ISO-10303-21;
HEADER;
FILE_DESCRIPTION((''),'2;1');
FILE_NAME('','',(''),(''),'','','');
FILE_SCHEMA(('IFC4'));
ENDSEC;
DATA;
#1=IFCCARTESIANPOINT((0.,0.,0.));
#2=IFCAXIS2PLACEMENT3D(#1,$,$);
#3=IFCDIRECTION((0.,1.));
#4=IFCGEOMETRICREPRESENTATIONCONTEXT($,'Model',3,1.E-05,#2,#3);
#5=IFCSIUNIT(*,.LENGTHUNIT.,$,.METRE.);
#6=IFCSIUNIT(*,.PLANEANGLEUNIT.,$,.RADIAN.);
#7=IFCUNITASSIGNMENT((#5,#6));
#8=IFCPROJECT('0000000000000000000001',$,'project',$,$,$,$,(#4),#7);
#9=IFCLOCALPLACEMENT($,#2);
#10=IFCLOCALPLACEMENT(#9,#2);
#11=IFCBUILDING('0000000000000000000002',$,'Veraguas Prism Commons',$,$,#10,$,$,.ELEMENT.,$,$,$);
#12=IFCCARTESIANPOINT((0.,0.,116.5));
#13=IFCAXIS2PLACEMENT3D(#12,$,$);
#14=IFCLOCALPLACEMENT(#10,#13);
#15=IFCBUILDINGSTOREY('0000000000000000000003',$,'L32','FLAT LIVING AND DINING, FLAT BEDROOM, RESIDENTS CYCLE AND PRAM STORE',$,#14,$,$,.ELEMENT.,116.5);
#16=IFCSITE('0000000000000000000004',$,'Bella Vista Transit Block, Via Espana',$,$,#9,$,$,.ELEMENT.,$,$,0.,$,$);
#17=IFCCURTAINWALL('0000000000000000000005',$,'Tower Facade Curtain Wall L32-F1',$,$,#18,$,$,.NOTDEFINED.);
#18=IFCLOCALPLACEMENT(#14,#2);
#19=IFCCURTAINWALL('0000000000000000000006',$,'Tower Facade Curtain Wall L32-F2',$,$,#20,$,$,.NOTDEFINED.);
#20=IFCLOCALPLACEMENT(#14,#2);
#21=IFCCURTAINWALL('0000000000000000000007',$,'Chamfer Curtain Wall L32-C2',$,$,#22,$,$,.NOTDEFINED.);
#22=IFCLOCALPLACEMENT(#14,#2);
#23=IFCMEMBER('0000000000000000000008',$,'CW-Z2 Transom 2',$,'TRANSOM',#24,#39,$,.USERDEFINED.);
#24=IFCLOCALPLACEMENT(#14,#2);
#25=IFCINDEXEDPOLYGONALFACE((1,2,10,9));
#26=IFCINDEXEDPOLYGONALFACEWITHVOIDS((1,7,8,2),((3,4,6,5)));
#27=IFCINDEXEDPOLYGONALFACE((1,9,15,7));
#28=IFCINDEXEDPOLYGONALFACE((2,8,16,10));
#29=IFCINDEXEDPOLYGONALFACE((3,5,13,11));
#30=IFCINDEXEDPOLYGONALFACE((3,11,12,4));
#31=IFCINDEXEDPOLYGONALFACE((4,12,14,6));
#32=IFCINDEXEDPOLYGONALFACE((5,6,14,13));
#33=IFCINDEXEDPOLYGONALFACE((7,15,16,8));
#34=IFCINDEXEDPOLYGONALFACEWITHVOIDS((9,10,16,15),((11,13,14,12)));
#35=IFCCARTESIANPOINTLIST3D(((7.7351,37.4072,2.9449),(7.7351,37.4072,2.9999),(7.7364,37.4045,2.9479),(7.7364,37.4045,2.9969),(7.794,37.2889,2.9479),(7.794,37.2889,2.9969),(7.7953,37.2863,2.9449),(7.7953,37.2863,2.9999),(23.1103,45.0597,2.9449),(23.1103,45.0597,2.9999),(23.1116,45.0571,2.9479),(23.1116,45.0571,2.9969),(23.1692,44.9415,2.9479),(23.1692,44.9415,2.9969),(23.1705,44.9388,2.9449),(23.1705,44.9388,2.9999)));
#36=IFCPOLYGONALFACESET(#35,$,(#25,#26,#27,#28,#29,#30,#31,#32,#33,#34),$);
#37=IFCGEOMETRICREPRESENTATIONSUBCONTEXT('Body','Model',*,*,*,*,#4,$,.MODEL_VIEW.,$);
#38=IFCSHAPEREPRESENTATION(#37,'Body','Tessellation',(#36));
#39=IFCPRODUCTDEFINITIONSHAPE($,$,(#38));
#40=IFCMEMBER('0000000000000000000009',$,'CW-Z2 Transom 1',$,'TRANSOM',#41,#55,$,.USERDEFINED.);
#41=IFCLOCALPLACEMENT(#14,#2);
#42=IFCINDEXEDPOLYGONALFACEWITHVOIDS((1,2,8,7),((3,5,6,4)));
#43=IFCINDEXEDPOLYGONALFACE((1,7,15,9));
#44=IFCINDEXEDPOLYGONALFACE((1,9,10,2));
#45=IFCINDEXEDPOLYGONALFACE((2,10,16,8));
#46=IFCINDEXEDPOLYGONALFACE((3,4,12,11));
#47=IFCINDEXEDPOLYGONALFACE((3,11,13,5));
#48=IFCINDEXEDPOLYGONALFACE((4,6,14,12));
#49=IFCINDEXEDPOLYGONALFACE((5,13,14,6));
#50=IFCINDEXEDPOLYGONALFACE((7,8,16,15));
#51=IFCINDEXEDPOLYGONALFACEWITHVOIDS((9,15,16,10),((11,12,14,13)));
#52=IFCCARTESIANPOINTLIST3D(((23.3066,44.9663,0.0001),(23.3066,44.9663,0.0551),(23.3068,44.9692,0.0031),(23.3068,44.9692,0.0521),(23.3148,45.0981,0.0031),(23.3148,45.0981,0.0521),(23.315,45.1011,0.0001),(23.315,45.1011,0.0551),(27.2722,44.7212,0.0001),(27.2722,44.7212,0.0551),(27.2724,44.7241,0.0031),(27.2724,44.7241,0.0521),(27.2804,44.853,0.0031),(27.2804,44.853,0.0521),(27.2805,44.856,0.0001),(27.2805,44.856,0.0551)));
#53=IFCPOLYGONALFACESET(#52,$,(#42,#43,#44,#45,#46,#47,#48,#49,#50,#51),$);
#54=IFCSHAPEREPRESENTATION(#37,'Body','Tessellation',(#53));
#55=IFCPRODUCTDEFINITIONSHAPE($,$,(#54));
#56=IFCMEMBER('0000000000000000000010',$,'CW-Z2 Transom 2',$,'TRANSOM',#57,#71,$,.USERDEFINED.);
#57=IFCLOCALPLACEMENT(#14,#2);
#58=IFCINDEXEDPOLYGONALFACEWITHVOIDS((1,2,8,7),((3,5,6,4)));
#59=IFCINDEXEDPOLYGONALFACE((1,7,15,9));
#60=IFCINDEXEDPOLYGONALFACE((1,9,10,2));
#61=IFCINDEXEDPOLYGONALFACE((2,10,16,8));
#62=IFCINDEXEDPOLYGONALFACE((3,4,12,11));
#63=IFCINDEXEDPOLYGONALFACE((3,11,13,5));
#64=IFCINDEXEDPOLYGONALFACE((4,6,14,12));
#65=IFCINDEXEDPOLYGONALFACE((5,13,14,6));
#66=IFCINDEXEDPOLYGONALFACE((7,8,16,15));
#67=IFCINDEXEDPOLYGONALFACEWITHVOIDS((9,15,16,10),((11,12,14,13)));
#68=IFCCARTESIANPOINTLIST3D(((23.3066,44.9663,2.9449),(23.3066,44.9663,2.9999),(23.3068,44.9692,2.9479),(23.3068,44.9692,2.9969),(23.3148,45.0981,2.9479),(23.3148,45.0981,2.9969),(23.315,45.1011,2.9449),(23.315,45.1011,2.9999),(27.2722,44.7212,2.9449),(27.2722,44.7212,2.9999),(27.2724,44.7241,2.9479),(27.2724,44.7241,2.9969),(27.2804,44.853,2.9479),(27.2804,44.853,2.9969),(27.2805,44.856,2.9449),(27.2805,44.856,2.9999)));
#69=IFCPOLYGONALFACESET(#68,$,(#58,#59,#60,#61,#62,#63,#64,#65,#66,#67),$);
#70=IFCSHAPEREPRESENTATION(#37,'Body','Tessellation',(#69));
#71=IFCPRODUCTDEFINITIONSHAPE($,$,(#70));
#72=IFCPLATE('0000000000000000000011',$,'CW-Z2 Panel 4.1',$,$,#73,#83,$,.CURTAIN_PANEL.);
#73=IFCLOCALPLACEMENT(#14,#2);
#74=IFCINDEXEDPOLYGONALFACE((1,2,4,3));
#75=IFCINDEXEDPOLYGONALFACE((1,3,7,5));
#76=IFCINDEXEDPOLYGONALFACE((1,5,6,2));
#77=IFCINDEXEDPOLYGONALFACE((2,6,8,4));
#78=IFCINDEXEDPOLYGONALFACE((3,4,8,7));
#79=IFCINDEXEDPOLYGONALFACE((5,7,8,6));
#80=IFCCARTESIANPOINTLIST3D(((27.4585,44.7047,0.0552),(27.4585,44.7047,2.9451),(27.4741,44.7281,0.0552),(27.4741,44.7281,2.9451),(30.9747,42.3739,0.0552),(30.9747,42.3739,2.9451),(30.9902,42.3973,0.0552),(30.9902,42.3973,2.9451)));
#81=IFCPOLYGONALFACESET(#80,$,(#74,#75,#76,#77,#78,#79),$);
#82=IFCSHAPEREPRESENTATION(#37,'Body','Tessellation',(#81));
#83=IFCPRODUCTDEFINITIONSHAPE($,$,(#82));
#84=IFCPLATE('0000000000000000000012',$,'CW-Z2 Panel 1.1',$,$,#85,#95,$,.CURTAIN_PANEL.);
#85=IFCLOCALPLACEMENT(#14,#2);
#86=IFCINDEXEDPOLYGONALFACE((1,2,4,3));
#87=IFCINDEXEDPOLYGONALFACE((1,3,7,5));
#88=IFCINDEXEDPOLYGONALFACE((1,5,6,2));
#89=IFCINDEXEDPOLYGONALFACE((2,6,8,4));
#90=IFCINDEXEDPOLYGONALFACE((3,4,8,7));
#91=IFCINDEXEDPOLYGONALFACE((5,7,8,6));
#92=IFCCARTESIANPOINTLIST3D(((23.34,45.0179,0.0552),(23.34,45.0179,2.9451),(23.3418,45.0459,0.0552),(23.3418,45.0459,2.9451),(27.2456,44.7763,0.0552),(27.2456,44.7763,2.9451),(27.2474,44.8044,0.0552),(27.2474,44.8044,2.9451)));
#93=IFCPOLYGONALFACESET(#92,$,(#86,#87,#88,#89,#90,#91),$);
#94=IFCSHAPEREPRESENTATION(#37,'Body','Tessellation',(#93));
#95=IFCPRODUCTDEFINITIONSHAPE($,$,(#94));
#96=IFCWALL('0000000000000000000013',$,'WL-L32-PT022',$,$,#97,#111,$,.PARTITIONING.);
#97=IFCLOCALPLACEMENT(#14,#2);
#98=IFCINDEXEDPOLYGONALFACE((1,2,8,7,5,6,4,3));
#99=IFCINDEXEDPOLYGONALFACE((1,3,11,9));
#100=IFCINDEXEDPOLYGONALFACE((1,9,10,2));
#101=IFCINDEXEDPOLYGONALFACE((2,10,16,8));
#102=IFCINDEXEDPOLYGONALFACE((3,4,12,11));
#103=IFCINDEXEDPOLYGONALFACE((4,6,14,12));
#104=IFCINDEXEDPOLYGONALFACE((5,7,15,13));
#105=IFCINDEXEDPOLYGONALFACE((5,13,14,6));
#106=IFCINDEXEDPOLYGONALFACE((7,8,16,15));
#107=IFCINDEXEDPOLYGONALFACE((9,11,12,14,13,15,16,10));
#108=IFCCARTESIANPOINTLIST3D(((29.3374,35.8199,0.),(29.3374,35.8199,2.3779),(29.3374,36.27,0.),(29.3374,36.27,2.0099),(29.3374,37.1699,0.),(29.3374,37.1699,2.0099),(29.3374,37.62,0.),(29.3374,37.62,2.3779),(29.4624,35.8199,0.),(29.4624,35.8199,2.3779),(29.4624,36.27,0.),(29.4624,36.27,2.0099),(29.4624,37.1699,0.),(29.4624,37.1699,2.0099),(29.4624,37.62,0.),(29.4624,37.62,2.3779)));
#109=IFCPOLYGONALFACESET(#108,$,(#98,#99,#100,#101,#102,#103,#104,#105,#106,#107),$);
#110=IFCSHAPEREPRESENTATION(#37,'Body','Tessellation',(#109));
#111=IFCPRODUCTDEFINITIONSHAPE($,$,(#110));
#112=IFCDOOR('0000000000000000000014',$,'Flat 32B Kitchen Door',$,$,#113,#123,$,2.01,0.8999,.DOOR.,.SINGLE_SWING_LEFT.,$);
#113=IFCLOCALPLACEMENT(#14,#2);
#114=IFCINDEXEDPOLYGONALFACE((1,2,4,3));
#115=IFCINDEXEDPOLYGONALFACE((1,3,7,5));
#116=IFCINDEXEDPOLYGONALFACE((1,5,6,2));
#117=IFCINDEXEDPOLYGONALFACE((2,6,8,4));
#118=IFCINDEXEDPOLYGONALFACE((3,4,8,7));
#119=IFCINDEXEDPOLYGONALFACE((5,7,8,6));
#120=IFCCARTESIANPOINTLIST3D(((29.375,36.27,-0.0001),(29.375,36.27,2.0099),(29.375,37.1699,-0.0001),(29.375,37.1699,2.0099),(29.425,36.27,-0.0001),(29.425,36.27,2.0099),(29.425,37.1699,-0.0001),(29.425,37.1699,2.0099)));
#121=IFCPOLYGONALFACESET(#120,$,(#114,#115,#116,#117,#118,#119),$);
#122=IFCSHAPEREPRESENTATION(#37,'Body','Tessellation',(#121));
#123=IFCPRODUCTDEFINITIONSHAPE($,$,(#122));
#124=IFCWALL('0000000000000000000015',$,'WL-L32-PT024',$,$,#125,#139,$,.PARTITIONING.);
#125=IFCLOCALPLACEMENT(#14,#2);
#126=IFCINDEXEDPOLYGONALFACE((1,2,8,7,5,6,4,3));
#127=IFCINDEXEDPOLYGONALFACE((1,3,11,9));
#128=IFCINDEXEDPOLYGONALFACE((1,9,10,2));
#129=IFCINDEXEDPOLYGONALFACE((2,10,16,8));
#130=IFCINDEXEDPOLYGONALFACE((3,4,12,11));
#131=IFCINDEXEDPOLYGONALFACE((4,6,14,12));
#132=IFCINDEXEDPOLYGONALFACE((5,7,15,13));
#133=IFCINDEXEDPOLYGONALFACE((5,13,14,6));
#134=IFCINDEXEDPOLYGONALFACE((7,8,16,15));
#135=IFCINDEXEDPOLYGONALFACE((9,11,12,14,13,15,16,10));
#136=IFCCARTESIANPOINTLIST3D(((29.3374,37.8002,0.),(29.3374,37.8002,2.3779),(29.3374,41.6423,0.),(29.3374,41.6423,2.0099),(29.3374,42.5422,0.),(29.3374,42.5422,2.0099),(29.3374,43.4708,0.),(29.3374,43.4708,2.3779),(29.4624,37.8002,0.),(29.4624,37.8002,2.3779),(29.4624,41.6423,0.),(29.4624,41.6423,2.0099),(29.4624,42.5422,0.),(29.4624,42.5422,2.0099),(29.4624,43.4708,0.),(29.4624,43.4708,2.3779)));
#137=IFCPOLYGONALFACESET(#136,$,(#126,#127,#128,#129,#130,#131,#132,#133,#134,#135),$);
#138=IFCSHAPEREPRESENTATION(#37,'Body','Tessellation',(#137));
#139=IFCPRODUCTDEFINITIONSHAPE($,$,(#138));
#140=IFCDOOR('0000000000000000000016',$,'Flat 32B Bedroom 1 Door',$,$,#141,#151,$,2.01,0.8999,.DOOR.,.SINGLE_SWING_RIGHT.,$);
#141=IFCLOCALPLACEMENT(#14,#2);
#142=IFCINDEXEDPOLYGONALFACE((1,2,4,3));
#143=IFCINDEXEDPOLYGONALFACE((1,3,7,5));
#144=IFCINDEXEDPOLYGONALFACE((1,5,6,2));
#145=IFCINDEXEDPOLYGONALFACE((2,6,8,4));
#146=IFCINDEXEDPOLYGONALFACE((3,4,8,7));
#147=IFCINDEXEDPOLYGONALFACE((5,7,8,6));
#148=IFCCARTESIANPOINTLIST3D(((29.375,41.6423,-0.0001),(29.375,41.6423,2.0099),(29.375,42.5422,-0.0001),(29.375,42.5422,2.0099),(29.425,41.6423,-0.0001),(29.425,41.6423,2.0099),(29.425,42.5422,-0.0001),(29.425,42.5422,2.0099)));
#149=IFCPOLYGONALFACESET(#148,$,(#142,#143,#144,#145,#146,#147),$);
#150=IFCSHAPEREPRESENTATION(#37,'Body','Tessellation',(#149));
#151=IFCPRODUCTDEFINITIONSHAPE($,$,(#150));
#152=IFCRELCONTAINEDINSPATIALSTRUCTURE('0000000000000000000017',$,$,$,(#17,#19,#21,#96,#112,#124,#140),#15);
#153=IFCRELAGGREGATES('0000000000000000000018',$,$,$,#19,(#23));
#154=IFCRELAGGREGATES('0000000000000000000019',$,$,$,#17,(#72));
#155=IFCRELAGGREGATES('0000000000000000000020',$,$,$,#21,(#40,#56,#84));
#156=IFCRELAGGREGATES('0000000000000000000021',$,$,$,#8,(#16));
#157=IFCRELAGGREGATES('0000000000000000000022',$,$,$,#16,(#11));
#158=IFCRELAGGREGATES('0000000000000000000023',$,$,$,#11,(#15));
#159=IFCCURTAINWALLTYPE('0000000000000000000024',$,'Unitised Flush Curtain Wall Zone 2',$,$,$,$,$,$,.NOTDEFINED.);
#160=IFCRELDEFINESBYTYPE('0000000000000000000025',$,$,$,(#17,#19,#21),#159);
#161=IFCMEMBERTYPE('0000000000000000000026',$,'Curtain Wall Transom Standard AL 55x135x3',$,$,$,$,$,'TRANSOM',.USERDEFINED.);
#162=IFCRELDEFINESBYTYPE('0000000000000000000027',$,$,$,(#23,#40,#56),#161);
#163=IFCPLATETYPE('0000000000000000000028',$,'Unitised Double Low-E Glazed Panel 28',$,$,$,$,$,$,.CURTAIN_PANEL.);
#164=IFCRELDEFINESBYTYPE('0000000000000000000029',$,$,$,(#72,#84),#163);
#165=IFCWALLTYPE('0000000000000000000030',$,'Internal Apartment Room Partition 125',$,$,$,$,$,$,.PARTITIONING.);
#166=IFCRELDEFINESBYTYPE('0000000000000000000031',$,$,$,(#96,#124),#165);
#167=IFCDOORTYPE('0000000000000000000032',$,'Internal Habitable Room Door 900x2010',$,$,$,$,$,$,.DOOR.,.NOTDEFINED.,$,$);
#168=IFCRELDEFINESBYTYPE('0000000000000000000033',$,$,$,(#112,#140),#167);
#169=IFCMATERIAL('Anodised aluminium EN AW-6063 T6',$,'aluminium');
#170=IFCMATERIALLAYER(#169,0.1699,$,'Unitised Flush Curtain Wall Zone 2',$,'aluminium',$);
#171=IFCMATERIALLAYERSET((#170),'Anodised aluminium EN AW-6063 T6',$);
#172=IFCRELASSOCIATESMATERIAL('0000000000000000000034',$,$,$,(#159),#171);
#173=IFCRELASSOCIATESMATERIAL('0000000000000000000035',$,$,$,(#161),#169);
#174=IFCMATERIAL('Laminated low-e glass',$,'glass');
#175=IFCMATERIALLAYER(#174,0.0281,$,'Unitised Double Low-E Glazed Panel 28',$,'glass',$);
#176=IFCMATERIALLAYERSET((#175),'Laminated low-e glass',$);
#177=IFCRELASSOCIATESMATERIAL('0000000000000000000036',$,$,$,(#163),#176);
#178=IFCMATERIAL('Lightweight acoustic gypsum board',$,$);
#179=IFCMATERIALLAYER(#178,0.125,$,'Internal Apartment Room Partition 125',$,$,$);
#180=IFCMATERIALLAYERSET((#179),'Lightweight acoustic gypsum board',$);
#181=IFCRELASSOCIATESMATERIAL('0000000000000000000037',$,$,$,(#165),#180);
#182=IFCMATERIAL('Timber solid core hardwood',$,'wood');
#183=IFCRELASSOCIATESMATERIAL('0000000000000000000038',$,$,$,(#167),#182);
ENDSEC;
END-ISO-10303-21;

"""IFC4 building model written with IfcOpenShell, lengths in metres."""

from ifc_helpers import new_model, si_unit, direction, frame, frame_2d, origin, origin_2d, place, context, subcontext, project, spatial, rectangle, hollow_rectangle, extrude, source, transform, mapped, material, layer, layer_set, material_profile, profile_set, type_object, element, fill, aggregate, save


model = new_model("IFC4")

# Units and contexts
model_context = context("Model", 3, precision=1e-05, world=origin(), true_north=direction((0.0, 1.0)))
body_context = subcontext(model_context, "Body", "Model", "MODEL_VIEW")
ifc_project = project(units=[si_unit("LENGTHUNIT", "METRE"), si_unit("PLANEANGLEUNIT", "RADIAN")], contexts=[model_context])

# Site, building, storey
site_placement = place(None, origin())
site = spatial("IfcSite", under=ifc_project, at=site_placement, Name="Bella Vista Transit Block, Via Espana", CompositionType="ELEMENT", RefElevation=0.0)
building_placement = place(site_placement, origin())
building = spatial("IfcBuilding", under=site, at=building_placement, Name="Veraguas Prism Commons", CompositionType="ELEMENT")
storey_placement = place(building_placement, frame((0.0, 0.0, 116.5)))
storey = spatial("IfcBuildingStorey", under=building, at=storey_placement, Name="L32", Description="FLAT LIVING AND DINING, FLAT BEDROOM, RESIDENTS CYCLE AND PRAM STORE", CompositionType="ELEMENT", Elevation=116.5)

# Curtain walls
ifc_material_1 = material(Name="Anodised aluminium EN AW-6063 T6", Category="aluminium")
ifc_layer_1 = layer(ifc_material_1, 0.1699, Name="Unitised Flush Curtain Wall Zone 2", Category="aluminium")
ifc_layer_set_1 = layer_set([ifc_layer_1], Name="Anodised aluminium EN AW-6063 T6")
curtain_wall_type = type_object("IfcCurtainWallType", Name="Unitised Flush Curtain Wall Zone 2", PredefinedType="NOTDEFINED", material=ifc_layer_set_1)
curtain_wall_1_placement = place(storey_placement, origin())
curtain_wall_1 = element("IfcCurtainWall", 1, at=curtain_wall_1_placement, inside=storey, type_object=curtain_wall_type, Name="Tower Facade Curtain Wall L32-F1", PredefinedType="NOTDEFINED")
curtain_wall_2_placement = place(storey_placement, origin())
curtain_wall_2 = element("IfcCurtainWall", 2, at=curtain_wall_2_placement, inside=storey, type_object=curtain_wall_type, Name="Tower Facade Curtain Wall L32-F2", PredefinedType="NOTDEFINED")

# Curtain wall
curtain_wall_3_placement = place(storey_placement, origin())
curtain_wall_3 = element("IfcCurtainWall", 3, at=curtain_wall_3_placement, inside=storey, type_object=curtain_wall_type, Name="Chamfer Curtain Wall L32-C2", PredefinedType="NOTDEFINED")

# Members
ifc_material_profile_1 = material_profile(ifc_material_1, hollow_rectangle(XDim=0.0549, YDim=0.135, WallThickness=0.0029, at=origin_2d()), Name="AL55X135X3")
ifc_profile_set_1 = profile_set([ifc_material_profile_1], Name="Anodised aluminium EN AW-6063 T6")
member_type_1 = type_object("IfcMemberType", Name="Curtain Wall Transom Standard AL 55x135x3", ElementType="TRANSOM", PredefinedType="USERDEFINED", material=ifc_profile_set_1)
shared_shape_1 = source(origin(), body_context, "Body", "SweptSolid", [
    extrude(hollow_rectangle(XDim=0.0549, YDim=0.135, WallThickness=0.0029, at=origin_2d()), origin(), (0.0, 0.0, 1.0), 17.1743),
])
member_1_placement = place(storey_placement, frame((23.1404, 44.9993, 2.9724), z_axis=(-0.895242, -0.445581, 0.0), x_axis=(0.0, 0.0, 1.0)))
member_1 = element("IfcMember", 4, at=member_1_placement, type_object=member_type_1, Name="CW-Z2 Transom 2", ObjectType="TRANSOM", PredefinedType="USERDEFINED", context=body_context, shape_type="MappedRepresentation", body=[
    mapped(shared_shape_1, transform((0.0, 0.0, 0.0), scale=1.0)),
])
aggregate(curtain_wall_2, [member_1])
shared_shape_2 = source(origin(), body_context, "Body", "SweptSolid", [
    extrude(hollow_rectangle(XDim=0.0549, YDim=0.135, WallThickness=0.0029, at=origin_2d()), origin(), (0.0, 0.0, 1.0), 3.9731),
])
member_2_placement = place(storey_placement, frame((27.2764, 44.7886, 0.0276), z_axis=(-0.998095, 0.061694, 0.0), x_axis=(0.0, 0.0, 1.0)))
member_2 = element("IfcMember", 5, at=member_2_placement, type_object=member_type_1, Name="CW-Z2 Transom 1", ObjectType="TRANSOM", PredefinedType="USERDEFINED", context=body_context, shape_type="MappedRepresentation", body=[
    mapped(shared_shape_2, transform((0.0, 0.0, 0.0), scale=1.0)),
])
member_3_placement = place(storey_placement, frame((27.2764, 44.7886, 2.9724), z_axis=(-0.998095, 0.061694, 0.0), x_axis=(0.0, 0.0, 1.0)))
member_3 = element("IfcMember", 6, at=member_3_placement, type_object=member_type_1, Name="CW-Z2 Transom 2", ObjectType="TRANSOM", PredefinedType="USERDEFINED", context=body_context, shape_type="MappedRepresentation", body=[
    mapped(shared_shape_2, transform((0.0, 0.0, 0.0), scale=1.0)),
])

# Plates
ifc_material_2 = material(Name="Laminated low-e glass", Category="glass")
ifc_layer_2 = layer(ifc_material_2, 0.0281, Name="Unitised Double Low-E Glazed Panel 28", Category="glass")
ifc_layer_set_2 = layer_set([ifc_layer_2], Name="Laminated low-e glass")
plate_type = type_object("IfcPlateType", Name="Unitised Double Low-E Glazed Panel 28", PredefinedType="CURTAIN_PANEL", material=ifc_layer_set_2)
shared_shape_3 = source(origin(), body_context, "Body", "SweptSolid", [
    extrude(rectangle(XDim=4.2185, YDim=0.0281, at=origin_2d()), origin(), (0.0, 0.0, 1.0), 2.8899),
])
plate_1_placement = place(storey_placement, frame((29.2244, 43.551, 0.0552), z_axis=(0.0, 0.0, 1.0), x_axis=(-0.833504, 0.552513, 0.0)))
plate_1 = element("IfcPlate", 7, at=plate_1_placement, type_object=plate_type, Name="CW-Z2 Panel 4.1", PredefinedType="CURTAIN_PANEL", context=body_context, shape_type="MappedRepresentation", body=[
    mapped(shared_shape_3, transform((0.0, 0.0, 0.0), scale=1.0)),
])
aggregate(curtain_wall_1, [plate_1])
shared_shape_4 = source(origin(), body_context, "Body", "SweptSolid", [
    extrude(rectangle(XDim=3.9131, YDim=0.0281, at=origin_2d()), origin(), (0.0, 0.0, 1.0), 2.8899),
])
plate_2_placement = place(storey_placement, frame((25.2937, 44.9111, 0.0552), z_axis=(0.0, 0.0, 1.0), x_axis=(-0.998092, 0.061738, 0.0)))
plate_2 = element("IfcPlate", 8, at=plate_2_placement, type_object=plate_type, Name="CW-Z2 Panel 1.1", PredefinedType="CURTAIN_PANEL", context=body_context, shape_type="MappedRepresentation", body=[
    mapped(shared_shape_4, transform((0.0, 0.0, 0.0), scale=1.0)),
])
aggregate(curtain_wall_3, [member_2, member_3, plate_2])

# Walls, openings, doors
ifc_material_3 = material(Name="Lightweight acoustic gypsum board")
ifc_layer_3 = layer(ifc_material_3, 0.125, Name="Internal Apartment Room Partition 125")
ifc_layer_set_3 = layer_set([ifc_layer_3], Name="Lightweight acoustic gypsum board")
wall_type = type_object("IfcWallType", Name="Internal Apartment Room Partition 125", PredefinedType="PARTITIONING", material=ifc_layer_set_3)
wall_1_placement = place(storey_placement, frame((29.3999, 35.8201, 0.0), z_axis=(0.0, 0.0, 1.0), x_axis=(0.0, 1.0, 0.0)))
wall_1 = element("IfcWall", 9, at=wall_1_placement, inside=storey, type_object=wall_type, Name="WL-L32-PT022", PredefinedType="PARTITIONING", context=body_context, shape_type="SweptSolid", body=[
    extrude(rectangle(XDim=1.8, YDim=0.125, at=frame_2d((0.8999, 0.0))), origin(), (0.0, 0.0, 1.0), 2.3779),
])
opening_1_placement = place(wall_1_placement, frame((0.45, 0.0, 0.0)))
opening_1 = element("IfcOpeningElement", 10, at=opening_1_placement, cuts=wall_1, PredefinedType="OPENING", context=body_context, shape_type="SweptSolid", body=[
    extrude(rectangle(XDim=0.8999, YDim=2.01, at=frame_2d((0.45, 1.0049))), frame((0.0, 0.0725, 0.0), z_axis=(0.0, -1.0, 0.0), x_axis=(1.0, 0.0, 0.0)), (0.0, 0.0, 1.0), 0.145),
])
ifc_material_4 = material(Name="Timber solid core hardwood", Category="wood")
door_type = type_object("IfcDoorType", Name="Internal Habitable Room Door 900x2010", OperationType="NOTDEFINED", PredefinedType="DOOR", material=ifc_material_4)
shared_shape_5 = source(origin(), body_context, "Body", "SweptSolid", [
    extrude(rectangle(XDim=0.8999, YDim=2.01, at=frame_2d((0.45, 1.0049))), frame((0.0, 0.0249, 0.0), z_axis=(0.0, -1.0, 0.0), x_axis=(1.0, 0.0, 0.0)), (0.0, 0.0, 1.0), 0.05),
])
door_1_placement = place(opening_1_placement, origin())
door_1 = element("IfcDoor", 11, at=door_1_placement, inside=storey, type_object=door_type, Name="Flat 32B Kitchen Door", OperationType="SINGLE_SWING_LEFT", OverallHeight=2.01, OverallWidth=0.8999, PredefinedType="DOOR", context=body_context, shape_type="MappedRepresentation", body=[
    mapped(shared_shape_5, transform((0.0, 0.0, 0.0), scale=1.0)),
])
fill(opening_1, door_1)
wall_2_placement = place(storey_placement, frame((29.3999, 37.8, 0.0), z_axis=(0.0, 0.0, 1.0), x_axis=(0.0, 1.0, 0.0)))
wall_2 = element("IfcWall", 12, at=wall_2_placement, inside=storey, type_object=wall_type, Name="WL-L32-PT024", PredefinedType="PARTITIONING", context=body_context, shape_type="SweptSolid", body=[
    extrude(rectangle(XDim=5.6707, YDim=0.125, at=frame_2d((2.8354, 0.0))), origin(), (0.0, 0.0, 1.0), 2.3779),
])
opening_2_placement = place(wall_2_placement, frame((3.8423, 0.0, 0.0)))
opening_2 = element("IfcOpeningElement", 13, at=opening_2_placement, cuts=wall_2, PredefinedType="OPENING", context=body_context, shape_type="SweptSolid", body=[
    extrude(rectangle(XDim=0.8999, YDim=2.01, at=frame_2d((0.45, 1.0049))), frame((0.0, 0.0725, 0.0), z_axis=(0.0, -1.0, 0.0), x_axis=(1.0, 0.0, 0.0)), (0.0, 0.0, 1.0), 0.145),
])
door_2_placement = place(opening_2_placement, origin())
door_2 = element("IfcDoor", 14, at=door_2_placement, inside=storey, type_object=door_type, Name="Flat 32B Bedroom 1 Door", OperationType="SINGLE_SWING_RIGHT", OverallHeight=2.01, OverallWidth=0.8999, PredefinedType="DOOR", context=body_context, shape_type="MappedRepresentation", body=[
    mapped(shared_shape_5, transform((0.0, 0.0, 0.0), scale=1.0)),
])
fill(opening_2, door_2)

save(model, "model.ifc")
